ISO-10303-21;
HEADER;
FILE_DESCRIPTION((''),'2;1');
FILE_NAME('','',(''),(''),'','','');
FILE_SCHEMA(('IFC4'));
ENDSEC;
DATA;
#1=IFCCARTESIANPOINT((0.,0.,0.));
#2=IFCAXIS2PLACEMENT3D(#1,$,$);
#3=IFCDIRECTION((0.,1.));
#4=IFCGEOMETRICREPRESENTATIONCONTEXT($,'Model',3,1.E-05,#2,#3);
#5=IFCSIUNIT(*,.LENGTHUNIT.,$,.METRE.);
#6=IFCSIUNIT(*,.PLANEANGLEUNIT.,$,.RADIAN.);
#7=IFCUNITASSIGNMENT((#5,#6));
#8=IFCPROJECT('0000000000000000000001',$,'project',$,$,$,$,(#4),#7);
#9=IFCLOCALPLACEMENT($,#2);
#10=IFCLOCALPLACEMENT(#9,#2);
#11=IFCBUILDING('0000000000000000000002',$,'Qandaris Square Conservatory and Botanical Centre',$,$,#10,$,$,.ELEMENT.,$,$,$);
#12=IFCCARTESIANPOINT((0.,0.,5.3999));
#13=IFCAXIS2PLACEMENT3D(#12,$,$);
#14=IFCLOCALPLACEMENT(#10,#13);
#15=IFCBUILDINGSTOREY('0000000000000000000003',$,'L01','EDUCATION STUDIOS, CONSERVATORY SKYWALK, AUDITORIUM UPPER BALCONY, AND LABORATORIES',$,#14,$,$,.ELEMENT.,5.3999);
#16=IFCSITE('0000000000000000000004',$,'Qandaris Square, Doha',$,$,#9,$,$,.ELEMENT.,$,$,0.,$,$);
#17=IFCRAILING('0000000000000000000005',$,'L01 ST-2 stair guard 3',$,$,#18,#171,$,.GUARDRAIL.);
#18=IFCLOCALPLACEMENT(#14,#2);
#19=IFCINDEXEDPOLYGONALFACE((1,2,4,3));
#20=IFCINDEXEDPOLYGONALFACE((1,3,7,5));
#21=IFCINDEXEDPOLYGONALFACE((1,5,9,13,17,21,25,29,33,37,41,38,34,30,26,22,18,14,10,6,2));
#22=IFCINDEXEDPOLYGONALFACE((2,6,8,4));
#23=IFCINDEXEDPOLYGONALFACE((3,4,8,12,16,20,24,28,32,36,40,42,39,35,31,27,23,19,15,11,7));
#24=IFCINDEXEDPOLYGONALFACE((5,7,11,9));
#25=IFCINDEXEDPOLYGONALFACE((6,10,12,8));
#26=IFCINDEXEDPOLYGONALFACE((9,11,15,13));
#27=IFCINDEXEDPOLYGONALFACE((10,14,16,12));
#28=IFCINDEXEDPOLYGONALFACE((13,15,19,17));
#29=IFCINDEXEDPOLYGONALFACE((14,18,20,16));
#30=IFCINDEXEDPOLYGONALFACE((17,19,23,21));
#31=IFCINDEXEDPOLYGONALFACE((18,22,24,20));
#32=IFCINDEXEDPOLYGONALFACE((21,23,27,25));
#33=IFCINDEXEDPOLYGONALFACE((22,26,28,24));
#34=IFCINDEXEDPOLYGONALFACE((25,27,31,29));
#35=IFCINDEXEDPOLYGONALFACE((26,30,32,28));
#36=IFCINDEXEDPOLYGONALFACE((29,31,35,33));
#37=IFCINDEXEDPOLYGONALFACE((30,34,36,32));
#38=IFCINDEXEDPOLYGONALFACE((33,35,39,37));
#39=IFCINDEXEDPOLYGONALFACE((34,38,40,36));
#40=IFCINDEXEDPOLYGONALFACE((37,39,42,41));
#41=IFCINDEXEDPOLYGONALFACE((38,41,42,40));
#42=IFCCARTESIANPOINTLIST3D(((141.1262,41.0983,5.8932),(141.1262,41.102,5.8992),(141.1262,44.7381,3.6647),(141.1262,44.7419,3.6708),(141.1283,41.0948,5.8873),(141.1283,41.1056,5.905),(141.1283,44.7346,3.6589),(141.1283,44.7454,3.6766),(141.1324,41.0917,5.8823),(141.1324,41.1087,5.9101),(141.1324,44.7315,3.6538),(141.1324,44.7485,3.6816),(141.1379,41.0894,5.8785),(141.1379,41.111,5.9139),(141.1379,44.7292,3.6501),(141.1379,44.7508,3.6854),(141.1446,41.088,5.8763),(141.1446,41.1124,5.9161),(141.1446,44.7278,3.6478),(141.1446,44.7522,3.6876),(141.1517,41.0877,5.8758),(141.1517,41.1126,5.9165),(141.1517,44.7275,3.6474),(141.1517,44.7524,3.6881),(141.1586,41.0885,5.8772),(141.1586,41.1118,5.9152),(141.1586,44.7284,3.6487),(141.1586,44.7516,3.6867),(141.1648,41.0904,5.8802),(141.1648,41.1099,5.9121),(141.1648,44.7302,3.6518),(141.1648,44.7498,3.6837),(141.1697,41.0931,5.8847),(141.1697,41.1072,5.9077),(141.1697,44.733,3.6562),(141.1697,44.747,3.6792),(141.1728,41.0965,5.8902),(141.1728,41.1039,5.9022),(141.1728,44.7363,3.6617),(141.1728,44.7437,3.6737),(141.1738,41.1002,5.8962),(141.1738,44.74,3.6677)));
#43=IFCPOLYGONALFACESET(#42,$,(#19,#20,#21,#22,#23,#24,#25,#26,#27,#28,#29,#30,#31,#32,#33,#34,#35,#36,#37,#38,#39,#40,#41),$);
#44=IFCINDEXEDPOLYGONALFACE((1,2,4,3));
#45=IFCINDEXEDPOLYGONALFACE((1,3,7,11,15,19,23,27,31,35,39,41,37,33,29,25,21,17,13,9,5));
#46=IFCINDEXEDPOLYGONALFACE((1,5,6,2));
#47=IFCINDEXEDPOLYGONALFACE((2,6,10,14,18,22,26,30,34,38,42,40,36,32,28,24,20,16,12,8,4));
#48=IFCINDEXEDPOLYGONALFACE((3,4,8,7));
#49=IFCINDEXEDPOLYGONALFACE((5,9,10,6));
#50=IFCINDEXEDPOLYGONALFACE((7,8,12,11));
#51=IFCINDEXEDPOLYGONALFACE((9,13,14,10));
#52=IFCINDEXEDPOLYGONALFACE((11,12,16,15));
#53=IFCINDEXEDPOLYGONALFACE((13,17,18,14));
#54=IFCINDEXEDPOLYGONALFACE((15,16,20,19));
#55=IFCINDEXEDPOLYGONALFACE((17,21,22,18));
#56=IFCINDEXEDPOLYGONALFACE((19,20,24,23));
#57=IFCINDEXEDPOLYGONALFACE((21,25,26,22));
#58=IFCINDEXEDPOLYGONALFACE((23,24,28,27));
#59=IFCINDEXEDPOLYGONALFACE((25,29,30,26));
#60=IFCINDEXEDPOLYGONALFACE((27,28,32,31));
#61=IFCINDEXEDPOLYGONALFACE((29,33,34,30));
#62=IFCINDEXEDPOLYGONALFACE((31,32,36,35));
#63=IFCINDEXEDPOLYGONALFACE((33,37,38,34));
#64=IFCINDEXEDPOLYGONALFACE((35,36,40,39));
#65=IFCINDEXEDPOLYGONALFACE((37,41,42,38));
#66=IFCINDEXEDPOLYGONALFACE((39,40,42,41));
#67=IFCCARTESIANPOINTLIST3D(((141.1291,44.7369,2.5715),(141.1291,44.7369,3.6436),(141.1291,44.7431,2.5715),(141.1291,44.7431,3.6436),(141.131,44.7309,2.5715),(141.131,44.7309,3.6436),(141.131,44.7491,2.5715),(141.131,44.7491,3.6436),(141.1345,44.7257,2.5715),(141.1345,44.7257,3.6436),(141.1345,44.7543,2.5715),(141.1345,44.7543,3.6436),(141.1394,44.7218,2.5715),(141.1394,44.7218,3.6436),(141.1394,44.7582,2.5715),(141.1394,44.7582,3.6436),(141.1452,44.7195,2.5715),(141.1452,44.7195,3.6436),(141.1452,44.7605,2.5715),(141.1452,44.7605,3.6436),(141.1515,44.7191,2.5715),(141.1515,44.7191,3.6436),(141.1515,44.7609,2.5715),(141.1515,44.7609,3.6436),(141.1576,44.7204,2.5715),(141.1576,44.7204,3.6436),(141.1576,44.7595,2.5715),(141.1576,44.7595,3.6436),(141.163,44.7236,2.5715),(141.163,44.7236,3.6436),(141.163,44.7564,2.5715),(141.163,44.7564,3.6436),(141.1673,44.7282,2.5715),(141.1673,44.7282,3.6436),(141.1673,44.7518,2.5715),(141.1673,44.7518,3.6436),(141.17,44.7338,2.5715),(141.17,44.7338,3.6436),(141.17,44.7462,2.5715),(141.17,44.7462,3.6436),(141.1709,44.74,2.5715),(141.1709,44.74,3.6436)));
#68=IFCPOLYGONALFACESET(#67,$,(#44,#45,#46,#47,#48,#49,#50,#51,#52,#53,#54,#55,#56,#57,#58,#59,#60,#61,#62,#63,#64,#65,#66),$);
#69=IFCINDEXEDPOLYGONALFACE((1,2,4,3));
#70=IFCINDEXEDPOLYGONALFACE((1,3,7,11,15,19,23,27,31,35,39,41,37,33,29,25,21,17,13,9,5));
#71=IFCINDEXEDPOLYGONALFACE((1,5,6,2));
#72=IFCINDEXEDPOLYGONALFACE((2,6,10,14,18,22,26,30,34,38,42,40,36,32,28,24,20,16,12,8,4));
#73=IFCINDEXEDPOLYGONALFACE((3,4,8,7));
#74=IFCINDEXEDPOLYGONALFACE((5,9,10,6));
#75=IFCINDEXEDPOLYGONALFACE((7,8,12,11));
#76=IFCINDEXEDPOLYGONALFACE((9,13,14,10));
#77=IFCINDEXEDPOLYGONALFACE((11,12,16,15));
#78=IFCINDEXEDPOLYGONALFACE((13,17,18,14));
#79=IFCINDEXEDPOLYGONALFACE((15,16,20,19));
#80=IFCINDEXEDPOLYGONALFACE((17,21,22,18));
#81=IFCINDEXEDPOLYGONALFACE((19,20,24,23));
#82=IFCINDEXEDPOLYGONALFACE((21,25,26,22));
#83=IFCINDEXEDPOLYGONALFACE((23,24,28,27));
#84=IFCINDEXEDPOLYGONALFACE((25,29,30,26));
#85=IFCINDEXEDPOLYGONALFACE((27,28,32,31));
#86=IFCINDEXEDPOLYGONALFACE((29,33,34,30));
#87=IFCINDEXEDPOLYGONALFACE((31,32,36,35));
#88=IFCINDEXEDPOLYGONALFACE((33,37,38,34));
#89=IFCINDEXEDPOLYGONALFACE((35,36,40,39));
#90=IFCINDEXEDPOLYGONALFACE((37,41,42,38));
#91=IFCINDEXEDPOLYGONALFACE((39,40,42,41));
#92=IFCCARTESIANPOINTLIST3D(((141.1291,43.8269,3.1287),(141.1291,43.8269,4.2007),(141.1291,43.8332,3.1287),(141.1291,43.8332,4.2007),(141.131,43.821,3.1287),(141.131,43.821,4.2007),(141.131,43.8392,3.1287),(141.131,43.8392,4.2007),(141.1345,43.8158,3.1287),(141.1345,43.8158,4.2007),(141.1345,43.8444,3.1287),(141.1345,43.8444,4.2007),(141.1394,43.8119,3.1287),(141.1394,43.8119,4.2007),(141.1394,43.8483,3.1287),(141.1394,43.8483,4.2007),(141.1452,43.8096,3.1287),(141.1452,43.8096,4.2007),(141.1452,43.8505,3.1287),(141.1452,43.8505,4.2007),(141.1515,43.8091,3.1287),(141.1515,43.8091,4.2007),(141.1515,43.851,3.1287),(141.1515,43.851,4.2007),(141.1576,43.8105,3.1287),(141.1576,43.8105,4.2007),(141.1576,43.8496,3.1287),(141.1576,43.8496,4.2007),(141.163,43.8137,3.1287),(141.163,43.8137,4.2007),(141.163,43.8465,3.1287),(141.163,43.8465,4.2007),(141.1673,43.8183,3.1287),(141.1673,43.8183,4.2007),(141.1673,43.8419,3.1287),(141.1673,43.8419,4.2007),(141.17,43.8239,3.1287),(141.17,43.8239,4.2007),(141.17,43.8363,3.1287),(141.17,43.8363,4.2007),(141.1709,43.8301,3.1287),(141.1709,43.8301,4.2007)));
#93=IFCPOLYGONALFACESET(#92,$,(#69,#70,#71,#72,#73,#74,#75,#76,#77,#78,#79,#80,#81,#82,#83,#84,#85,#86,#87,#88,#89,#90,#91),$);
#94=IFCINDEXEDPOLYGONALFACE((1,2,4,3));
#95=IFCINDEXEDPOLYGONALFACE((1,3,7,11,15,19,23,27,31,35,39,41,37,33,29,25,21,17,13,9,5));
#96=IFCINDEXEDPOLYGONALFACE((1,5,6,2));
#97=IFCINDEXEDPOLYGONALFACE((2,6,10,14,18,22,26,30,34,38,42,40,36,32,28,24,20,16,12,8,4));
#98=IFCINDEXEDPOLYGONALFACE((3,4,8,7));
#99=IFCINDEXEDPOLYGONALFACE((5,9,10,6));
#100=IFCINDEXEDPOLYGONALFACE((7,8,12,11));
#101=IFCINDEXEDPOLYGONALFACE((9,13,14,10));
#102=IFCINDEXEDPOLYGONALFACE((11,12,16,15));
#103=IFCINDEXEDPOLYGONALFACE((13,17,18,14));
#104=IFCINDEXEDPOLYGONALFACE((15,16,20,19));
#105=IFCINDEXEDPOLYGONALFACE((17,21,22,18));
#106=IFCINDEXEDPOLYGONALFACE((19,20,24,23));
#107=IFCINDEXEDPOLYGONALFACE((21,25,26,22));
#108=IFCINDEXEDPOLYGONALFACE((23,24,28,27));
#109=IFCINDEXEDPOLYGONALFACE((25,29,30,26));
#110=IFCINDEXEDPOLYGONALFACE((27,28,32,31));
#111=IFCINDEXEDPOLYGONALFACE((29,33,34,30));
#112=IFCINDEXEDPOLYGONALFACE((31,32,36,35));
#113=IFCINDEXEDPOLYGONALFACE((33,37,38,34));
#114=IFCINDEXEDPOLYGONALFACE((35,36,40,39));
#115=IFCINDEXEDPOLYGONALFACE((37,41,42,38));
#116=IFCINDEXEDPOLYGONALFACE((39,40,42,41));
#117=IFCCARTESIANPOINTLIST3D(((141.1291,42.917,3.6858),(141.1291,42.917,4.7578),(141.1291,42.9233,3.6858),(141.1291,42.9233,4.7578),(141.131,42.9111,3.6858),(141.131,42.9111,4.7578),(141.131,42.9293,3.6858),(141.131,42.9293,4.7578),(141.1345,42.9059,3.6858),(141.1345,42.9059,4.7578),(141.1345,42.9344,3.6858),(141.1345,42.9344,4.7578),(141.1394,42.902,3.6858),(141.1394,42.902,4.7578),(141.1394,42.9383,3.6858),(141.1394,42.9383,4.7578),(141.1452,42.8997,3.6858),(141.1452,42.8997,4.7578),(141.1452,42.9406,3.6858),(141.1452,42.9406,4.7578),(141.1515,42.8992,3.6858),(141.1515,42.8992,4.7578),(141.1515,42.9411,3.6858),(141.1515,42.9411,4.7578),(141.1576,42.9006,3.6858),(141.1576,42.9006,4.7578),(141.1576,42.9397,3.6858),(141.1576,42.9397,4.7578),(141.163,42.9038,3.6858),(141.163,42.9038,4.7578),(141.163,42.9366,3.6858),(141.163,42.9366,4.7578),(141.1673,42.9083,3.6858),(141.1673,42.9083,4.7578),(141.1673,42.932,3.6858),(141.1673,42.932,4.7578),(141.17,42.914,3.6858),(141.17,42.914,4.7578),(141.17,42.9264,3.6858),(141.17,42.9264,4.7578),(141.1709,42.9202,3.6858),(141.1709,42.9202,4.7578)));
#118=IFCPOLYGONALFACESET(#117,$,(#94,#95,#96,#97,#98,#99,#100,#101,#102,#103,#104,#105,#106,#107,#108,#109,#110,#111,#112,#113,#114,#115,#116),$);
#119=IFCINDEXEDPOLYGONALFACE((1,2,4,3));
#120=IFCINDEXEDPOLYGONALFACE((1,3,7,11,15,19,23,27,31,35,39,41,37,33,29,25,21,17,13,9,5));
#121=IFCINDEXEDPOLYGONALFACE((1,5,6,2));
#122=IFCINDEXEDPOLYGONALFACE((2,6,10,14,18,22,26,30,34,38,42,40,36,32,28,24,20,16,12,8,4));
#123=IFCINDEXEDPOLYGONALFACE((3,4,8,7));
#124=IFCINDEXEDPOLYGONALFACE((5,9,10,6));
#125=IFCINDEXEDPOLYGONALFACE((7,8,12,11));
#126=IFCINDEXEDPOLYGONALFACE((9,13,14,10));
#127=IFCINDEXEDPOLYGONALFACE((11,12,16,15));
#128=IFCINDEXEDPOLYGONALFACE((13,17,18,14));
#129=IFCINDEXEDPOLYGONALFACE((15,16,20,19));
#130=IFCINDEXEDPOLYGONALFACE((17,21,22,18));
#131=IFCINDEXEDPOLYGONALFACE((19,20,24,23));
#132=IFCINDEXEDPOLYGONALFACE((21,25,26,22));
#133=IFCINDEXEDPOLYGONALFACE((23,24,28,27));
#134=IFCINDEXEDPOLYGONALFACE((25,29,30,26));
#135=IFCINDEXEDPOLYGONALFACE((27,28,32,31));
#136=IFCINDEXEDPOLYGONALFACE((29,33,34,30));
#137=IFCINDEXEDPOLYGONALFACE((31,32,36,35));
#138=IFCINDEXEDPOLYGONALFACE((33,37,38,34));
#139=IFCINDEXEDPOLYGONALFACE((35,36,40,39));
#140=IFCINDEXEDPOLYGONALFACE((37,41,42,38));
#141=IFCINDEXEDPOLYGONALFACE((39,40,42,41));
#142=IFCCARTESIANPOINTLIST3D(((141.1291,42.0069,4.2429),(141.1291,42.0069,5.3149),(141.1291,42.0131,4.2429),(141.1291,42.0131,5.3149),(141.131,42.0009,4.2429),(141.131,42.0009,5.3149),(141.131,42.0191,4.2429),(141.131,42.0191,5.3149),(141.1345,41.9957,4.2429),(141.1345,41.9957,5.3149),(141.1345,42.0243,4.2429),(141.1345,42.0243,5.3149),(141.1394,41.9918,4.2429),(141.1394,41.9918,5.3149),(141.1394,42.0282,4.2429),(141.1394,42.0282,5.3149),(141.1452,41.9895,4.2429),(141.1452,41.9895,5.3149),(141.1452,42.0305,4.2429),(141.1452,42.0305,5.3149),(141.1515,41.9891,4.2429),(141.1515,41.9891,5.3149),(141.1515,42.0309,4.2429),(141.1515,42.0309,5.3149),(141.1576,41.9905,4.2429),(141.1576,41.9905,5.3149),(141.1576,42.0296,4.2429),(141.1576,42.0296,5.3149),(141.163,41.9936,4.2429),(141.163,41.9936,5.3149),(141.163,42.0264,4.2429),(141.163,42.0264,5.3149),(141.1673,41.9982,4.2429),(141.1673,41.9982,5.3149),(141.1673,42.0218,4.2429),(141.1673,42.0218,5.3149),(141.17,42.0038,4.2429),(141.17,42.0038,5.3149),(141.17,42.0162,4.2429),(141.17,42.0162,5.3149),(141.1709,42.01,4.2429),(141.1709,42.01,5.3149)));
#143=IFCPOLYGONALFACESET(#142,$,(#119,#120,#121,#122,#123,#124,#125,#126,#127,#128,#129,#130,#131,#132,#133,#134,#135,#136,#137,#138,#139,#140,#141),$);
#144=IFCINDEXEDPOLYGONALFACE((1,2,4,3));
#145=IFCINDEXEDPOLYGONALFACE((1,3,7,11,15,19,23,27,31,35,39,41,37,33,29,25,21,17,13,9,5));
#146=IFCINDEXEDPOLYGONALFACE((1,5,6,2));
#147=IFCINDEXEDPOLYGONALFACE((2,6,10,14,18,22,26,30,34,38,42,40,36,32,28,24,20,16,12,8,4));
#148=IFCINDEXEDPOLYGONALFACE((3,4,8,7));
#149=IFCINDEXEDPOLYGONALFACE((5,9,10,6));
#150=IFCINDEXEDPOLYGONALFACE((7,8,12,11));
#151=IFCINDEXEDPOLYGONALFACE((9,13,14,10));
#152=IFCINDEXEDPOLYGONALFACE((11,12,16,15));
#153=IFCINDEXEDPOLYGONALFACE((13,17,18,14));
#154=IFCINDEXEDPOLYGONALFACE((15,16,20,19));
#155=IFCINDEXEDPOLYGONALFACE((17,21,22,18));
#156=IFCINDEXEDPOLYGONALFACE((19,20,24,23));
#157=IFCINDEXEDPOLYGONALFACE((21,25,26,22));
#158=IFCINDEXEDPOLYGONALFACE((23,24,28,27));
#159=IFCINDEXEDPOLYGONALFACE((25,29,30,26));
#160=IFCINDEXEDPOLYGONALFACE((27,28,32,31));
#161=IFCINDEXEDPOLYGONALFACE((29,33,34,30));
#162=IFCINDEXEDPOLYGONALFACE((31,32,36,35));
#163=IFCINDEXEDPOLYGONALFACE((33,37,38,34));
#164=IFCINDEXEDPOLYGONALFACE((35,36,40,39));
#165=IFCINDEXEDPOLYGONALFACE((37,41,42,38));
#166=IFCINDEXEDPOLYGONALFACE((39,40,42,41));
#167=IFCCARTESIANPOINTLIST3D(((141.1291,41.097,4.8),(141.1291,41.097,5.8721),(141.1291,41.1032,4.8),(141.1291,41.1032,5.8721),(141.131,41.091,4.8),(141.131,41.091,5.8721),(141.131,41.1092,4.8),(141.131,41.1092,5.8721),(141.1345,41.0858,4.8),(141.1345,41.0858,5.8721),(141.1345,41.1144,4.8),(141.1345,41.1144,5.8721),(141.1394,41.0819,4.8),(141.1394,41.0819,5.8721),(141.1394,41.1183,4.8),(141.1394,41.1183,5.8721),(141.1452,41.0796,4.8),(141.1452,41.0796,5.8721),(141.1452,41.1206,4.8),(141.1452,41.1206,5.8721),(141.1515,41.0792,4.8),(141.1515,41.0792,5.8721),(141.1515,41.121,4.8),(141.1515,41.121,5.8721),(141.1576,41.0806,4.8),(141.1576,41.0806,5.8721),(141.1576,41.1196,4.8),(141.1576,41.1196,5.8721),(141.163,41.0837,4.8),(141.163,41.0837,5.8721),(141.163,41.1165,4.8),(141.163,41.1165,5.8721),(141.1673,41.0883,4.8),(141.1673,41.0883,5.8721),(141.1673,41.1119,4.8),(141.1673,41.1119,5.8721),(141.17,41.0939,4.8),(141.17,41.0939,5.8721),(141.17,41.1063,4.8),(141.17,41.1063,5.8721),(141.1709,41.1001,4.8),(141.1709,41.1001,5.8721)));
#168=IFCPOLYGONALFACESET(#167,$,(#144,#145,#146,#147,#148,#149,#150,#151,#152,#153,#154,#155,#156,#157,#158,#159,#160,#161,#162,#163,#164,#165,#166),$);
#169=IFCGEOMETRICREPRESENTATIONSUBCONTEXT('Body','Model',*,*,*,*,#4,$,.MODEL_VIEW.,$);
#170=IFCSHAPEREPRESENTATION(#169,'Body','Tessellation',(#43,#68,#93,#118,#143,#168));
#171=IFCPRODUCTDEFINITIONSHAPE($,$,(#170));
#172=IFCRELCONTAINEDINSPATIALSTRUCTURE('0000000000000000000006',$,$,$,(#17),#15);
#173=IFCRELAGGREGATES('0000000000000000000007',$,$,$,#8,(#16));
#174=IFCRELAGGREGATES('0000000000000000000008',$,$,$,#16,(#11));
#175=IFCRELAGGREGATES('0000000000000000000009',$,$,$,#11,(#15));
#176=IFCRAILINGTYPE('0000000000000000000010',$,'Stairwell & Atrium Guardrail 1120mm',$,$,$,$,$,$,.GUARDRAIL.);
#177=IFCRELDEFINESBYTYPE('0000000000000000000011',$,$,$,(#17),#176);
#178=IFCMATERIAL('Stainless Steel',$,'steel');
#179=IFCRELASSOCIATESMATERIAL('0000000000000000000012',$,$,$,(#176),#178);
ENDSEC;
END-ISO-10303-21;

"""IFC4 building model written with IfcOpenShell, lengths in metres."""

from ifc_helpers import new_model, si_unit, direction, frame, origin, origin_2d, place, context, subcontext, project, spatial, circle, extrude, material, type_object, element, save


model = new_model("IFC4")

# Units and contexts
model_context = context("Model", 3, precision=1e-05, world=origin(), true_north=direction((0.0, 1.0)))
body_context = subcontext(model_context, "Body", "Model", "MODEL_VIEW")
ifc_project = project(units=[si_unit("LENGTHUNIT", "METRE"), si_unit("PLANEANGLEUNIT", "RADIAN")], contexts=[model_context])

# Site, building, storey
site_placement = place(None, origin())
site = spatial("IfcSite", under=ifc_project, at=site_placement, Name="Qandaris Square, Doha", CompositionType="ELEMENT", RefElevation=0.0)
building_placement = place(site_placement, origin())
building = spatial("IfcBuilding", under=site, at=building_placement, Name="Qandaris Square Conservatory and Botanical Centre", CompositionType="ELEMENT")
storey_placement = place(building_placement, frame((0.0, 0.0, 5.3999)))
storey = spatial("IfcBuildingStorey", under=building, at=storey_placement, Name="L01", Description="EDUCATION STUDIOS, CONSERVATORY SKYWALK, AUDITORIUM UPPER BALCONY, AND LABORATORIES", CompositionType="ELEMENT", Elevation=5.3999)

# Railing
ifc_material_1 = material(Name="Stainless Steel", Category="steel")
railing_type_1 = type_object("IfcRailingType", Name="Stairwell & Atrium Guardrail 1120mm", PredefinedType="GUARDRAIL", material=ifc_material_1)
railing_1_placement = place(storey_placement, frame((141.1499, 44.74, 2.5715)))
element("IfcRailing", 1, at=railing_1_placement, inside=storey, type_object=railing_type_1, Name="L01 ST-2 stair guard 3", PredefinedType="GUARDRAIL", context=body_context, shape_type="SweptSolid", body=[
    extrude(circle(Radius=0.0239, at=origin_2d()), frame((0.0, 0.0, 1.0962), z_axis=(0.0, -0.85285, 0.522156), x_axis=(1.0, 0.0, 0.0)), (0.0, 0.0, 1.0), 4.2678),
    extrude(circle(Radius=0.021, at=origin_2d()), origin(), (0.0, 0.0, 1.0), 1.072),
    extrude(circle(Radius=0.021, at=origin_2d()), frame((0.0, -0.9099, 0.5571)), (0.0, 0.0, 1.0), 1.072),
    extrude(circle(Radius=0.021, at=origin_2d()), frame((0.0, -1.8198, 1.1143)), (0.0, 0.0, 1.0), 1.072),
    extrude(circle(Radius=0.021, at=origin_2d()), frame((0.0, -2.73, 1.6714)), (0.0, 0.0, 1.0), 1.072),
    extrude(circle(Radius=0.021, at=origin_2d()), frame((0.0, -3.6399, 2.2285)), (0.0, 0.0, 1.0), 1.072),
])

save(model, "model.ifc")
